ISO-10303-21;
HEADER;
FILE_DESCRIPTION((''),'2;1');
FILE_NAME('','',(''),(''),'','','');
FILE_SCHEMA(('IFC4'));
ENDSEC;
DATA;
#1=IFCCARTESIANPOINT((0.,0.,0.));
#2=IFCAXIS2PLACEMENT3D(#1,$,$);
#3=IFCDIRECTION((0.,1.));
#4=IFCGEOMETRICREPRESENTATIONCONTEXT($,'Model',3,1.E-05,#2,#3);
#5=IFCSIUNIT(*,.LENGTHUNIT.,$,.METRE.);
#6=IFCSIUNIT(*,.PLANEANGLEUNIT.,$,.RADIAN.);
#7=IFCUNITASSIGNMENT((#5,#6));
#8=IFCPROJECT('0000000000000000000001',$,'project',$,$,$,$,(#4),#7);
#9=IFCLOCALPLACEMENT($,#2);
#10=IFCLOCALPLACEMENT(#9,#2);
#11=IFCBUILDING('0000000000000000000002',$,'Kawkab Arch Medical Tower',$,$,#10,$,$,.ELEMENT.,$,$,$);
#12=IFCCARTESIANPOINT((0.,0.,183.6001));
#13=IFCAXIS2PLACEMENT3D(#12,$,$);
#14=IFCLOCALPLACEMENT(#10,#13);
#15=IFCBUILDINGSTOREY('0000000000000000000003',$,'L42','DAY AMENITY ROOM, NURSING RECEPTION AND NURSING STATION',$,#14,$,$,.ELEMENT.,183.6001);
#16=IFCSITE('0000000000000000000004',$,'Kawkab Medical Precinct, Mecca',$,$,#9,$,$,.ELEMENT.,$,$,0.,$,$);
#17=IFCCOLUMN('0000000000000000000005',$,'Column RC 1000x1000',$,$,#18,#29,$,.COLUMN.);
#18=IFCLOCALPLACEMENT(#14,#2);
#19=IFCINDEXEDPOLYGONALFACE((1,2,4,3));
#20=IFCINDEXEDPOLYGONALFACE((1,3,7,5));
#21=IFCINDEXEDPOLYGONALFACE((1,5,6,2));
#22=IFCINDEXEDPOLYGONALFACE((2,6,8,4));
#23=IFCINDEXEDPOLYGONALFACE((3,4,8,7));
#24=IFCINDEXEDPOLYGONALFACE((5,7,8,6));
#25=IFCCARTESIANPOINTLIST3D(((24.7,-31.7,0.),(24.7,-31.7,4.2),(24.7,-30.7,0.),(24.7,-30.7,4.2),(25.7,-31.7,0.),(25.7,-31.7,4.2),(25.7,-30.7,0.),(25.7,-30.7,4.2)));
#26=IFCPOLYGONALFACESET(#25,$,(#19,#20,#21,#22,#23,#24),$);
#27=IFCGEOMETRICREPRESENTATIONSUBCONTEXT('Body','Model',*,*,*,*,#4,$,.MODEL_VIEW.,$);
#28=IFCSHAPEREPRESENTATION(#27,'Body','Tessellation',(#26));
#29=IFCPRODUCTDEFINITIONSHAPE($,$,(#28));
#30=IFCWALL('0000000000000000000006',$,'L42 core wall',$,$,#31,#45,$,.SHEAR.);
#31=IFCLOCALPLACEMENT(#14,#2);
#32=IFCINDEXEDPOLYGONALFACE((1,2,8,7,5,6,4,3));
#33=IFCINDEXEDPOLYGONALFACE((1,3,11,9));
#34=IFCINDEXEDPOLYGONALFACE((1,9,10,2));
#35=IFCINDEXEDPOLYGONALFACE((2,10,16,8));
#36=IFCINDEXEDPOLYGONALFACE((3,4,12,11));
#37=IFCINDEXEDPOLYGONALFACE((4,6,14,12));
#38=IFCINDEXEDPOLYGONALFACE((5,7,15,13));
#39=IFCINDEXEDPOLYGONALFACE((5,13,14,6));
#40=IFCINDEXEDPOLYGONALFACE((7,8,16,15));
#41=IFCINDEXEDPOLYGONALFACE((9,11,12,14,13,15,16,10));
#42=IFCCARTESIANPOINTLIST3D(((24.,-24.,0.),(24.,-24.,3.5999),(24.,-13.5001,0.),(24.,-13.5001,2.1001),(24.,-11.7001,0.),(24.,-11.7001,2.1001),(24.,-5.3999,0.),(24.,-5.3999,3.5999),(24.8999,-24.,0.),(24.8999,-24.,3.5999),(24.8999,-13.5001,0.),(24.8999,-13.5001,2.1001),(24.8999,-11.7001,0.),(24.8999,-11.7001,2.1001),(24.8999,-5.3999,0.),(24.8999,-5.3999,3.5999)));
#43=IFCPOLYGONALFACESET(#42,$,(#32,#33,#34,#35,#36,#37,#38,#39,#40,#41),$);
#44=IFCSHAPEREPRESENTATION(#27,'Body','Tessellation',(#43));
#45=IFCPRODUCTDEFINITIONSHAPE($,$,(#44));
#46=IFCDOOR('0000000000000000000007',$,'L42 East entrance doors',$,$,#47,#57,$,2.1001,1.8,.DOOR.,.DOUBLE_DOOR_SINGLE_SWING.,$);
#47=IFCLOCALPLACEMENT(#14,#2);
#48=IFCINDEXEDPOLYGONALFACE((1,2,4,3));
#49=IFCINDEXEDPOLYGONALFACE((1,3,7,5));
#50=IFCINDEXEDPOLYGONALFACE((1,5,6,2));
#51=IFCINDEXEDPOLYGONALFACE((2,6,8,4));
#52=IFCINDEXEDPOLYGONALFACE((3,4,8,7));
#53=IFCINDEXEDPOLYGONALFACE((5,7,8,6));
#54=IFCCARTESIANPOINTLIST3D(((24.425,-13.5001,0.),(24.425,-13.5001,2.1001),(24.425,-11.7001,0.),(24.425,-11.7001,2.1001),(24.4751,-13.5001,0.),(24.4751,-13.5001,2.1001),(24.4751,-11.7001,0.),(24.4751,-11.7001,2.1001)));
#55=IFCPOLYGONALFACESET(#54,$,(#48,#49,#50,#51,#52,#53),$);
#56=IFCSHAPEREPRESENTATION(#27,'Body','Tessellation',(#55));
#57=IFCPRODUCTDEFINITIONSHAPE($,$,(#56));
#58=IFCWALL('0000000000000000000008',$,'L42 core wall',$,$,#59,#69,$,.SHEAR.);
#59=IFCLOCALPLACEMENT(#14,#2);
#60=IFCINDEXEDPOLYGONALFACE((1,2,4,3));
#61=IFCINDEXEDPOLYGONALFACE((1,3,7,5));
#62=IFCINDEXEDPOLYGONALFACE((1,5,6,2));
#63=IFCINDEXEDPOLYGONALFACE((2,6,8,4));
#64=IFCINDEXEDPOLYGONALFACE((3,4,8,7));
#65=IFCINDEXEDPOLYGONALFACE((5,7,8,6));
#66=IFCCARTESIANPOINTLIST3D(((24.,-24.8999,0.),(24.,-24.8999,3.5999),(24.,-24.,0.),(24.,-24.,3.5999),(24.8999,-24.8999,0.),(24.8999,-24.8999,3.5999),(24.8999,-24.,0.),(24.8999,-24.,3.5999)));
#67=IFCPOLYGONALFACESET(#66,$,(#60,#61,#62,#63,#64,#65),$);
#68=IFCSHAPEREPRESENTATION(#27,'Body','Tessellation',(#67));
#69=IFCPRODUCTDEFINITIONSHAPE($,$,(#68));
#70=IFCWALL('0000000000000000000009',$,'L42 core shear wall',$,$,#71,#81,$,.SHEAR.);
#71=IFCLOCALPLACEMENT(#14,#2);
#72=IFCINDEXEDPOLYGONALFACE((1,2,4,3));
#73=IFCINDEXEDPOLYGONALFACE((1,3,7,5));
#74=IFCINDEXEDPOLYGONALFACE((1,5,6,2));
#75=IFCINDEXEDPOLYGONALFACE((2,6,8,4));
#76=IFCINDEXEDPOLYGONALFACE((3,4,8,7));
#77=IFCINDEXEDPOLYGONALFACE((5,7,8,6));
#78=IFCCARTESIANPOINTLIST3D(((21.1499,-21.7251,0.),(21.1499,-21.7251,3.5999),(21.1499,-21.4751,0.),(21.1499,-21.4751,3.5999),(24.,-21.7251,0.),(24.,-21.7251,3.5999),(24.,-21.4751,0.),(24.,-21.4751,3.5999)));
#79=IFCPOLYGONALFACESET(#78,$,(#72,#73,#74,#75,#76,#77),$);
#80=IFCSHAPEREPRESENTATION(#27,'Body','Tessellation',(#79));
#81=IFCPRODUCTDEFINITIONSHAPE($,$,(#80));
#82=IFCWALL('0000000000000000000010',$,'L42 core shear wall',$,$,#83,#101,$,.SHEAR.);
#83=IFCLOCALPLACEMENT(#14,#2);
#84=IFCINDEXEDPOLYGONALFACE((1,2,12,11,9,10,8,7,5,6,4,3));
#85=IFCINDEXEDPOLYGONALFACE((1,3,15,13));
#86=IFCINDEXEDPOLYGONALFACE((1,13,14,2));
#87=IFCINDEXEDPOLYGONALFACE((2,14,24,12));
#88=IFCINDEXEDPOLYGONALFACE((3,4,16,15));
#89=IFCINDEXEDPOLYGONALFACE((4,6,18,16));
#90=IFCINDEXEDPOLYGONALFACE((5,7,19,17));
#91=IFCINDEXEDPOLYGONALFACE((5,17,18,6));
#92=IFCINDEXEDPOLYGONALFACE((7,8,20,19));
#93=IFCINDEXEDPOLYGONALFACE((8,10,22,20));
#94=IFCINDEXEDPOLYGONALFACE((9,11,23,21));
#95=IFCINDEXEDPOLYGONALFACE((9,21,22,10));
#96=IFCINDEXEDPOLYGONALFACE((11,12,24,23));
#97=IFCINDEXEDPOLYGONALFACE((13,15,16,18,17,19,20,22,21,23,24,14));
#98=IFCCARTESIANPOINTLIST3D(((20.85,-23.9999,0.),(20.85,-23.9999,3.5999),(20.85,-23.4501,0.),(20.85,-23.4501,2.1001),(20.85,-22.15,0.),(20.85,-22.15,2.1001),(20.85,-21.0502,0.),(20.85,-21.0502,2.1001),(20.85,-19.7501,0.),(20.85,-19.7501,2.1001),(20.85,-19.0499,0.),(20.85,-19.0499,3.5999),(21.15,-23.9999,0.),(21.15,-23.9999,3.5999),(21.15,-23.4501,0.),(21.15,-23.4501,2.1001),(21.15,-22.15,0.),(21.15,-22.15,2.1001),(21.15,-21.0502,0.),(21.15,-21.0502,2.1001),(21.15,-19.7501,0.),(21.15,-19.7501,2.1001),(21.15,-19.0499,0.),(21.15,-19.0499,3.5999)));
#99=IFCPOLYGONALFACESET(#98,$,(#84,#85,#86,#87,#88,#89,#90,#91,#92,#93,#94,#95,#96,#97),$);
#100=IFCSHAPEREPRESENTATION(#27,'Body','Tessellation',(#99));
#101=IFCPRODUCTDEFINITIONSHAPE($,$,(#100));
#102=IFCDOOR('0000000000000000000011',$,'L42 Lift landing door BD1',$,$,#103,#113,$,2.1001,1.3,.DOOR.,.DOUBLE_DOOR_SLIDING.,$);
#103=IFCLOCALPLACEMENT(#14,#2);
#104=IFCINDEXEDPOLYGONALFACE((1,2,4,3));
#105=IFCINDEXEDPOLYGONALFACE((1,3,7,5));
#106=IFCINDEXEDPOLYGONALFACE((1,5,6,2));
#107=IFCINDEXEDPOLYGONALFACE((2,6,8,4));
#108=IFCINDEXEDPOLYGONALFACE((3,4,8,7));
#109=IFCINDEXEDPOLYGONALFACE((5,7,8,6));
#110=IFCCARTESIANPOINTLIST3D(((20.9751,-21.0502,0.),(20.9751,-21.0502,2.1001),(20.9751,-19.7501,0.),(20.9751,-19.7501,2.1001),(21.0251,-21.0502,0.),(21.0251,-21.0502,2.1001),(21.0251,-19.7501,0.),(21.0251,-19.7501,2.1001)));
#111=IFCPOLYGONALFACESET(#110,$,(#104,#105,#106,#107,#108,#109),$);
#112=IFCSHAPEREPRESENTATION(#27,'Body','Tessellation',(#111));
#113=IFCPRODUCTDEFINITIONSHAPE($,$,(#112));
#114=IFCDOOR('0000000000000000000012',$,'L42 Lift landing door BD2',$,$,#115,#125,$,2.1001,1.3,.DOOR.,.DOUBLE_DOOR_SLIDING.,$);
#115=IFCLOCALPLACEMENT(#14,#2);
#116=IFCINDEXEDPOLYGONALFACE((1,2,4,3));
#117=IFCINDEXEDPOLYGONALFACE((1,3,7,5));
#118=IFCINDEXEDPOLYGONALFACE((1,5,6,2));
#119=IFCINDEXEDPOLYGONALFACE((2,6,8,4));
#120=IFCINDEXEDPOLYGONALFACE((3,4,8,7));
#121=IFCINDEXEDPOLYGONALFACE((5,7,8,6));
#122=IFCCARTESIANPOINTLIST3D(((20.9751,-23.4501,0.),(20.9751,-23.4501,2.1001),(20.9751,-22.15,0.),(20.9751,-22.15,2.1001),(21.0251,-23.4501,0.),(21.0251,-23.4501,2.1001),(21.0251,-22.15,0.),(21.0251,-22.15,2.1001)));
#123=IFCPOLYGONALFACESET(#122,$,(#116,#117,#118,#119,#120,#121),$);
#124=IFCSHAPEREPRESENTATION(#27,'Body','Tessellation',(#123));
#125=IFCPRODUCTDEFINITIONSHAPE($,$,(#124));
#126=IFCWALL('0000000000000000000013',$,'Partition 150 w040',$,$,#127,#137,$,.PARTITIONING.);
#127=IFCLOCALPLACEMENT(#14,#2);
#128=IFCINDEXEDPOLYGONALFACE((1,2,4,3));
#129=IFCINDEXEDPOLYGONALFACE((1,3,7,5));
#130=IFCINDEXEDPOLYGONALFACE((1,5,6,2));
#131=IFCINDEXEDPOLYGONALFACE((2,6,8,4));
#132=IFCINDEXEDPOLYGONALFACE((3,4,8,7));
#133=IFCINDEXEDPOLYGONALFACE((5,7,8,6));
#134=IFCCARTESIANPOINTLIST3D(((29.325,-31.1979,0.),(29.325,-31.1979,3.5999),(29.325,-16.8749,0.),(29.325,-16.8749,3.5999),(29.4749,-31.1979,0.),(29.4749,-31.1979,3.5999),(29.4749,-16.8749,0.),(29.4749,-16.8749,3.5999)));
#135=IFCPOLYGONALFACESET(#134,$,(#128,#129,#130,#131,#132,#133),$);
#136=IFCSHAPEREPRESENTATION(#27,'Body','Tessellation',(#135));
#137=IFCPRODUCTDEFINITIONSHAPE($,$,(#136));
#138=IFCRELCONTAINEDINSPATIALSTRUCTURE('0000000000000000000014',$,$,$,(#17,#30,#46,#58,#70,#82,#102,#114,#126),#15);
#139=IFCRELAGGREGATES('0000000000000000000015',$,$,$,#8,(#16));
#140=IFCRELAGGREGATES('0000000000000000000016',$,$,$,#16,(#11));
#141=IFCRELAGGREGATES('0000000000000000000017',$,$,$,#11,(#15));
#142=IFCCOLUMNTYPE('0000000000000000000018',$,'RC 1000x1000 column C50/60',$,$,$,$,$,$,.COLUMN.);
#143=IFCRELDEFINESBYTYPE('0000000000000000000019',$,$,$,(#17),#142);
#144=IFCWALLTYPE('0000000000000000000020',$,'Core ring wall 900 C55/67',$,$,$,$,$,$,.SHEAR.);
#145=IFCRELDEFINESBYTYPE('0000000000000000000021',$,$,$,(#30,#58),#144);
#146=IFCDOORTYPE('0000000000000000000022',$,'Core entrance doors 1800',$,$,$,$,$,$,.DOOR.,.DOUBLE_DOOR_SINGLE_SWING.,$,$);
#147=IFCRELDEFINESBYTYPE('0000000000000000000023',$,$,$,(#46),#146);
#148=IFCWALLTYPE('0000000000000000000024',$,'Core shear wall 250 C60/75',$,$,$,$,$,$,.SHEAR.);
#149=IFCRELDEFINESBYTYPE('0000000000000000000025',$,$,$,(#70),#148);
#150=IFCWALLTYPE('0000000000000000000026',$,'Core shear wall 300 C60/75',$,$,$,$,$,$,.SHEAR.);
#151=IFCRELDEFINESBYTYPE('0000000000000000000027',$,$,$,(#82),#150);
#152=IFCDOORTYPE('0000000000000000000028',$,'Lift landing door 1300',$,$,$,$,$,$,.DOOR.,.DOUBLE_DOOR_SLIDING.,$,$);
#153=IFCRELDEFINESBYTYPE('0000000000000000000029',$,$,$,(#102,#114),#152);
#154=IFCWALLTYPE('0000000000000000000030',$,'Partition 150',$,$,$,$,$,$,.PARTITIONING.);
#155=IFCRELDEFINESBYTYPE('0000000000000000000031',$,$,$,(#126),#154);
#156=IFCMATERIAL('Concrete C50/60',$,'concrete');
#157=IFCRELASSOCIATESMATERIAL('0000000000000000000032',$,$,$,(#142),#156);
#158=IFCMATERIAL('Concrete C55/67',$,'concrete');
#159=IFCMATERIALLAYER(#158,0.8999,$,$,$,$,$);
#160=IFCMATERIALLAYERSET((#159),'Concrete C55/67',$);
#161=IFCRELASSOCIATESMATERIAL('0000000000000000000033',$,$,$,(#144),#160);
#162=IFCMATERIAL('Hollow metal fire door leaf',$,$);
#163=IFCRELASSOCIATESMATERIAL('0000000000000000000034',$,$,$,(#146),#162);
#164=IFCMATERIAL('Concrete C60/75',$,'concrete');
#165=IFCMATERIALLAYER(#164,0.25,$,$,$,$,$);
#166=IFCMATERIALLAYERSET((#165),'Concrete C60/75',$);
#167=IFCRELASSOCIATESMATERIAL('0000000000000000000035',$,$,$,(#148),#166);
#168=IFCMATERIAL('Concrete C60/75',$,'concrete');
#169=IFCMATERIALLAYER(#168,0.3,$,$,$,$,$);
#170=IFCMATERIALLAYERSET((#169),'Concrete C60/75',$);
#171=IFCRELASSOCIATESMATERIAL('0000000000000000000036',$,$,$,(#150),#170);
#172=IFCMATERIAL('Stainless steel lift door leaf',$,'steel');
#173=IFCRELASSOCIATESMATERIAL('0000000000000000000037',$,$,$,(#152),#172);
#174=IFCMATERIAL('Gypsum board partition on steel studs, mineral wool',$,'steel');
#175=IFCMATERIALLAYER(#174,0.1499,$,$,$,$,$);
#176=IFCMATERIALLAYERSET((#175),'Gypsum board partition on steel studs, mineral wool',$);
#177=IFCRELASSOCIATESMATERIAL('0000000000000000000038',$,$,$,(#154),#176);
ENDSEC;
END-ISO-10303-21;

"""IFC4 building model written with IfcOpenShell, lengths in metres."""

from ifc_helpers import new_model, si_unit, direction, frame, frame_2d, origin, origin_2d, place, context, subcontext, project, spatial, rectangle, extrude, material, layer, layer_set, material_profile, profile_set, type_object, element, fill, save


model = new_model("IFC4")

# Units and contexts
model_context = context("Model", 3, precision=1e-05, world=origin(), true_north=direction((0.0, 1.0)))
body_context = subcontext(model_context, "Body", "Model", "MODEL_VIEW")
ifc_project = project(units=[si_unit("LENGTHUNIT", "METRE"), si_unit("PLANEANGLEUNIT", "RADIAN")], contexts=[model_context])

# Site, building, storey
site_placement = place(None, origin())
site = spatial("IfcSite", under=ifc_project, at=site_placement, Name="Kawkab Medical Precinct, Mecca", CompositionType="ELEMENT", RefElevation=0.0)
building_placement = place(site_placement, origin())
building = spatial("IfcBuilding", under=site, at=building_placement, Name="Kawkab Arch Medical Tower", CompositionType="ELEMENT")
storey_placement = place(building_placement, frame((0.0, 0.0, 183.6001)))
storey = spatial("IfcBuildingStorey", under=building, at=storey_placement, Name="L42", Description="DAY AMENITY ROOM, NURSING RECEPTION AND NURSING STATION", CompositionType="ELEMENT", Elevation=183.6001)

# Column
ifc_material_1 = material(Name="Concrete C50/60", Category="concrete")
ifc_material_profile = material_profile(ifc_material_1, rectangle(XDim=1.0, YDim=1.0, at=origin_2d()), Name="RC 1000x1000")
ifc_profile_set = profile_set([ifc_material_profile], Name="Concrete C50/60")
column_type = type_object("IfcColumnType", Name="RC 1000x1000 column C50/60", PredefinedType="COLUMN", material=ifc_profile_set)
column_placement = place(storey_placement, frame((25.2, -31.2, 0.0), z_axis=(0.0, 0.0, 1.0), x_axis=(1.0, 0.0, 0.0)))
element("IfcColumn", 1, at=column_placement, inside=storey, type_object=column_type, Name="Column RC 1000x1000", PredefinedType="COLUMN", context=body_context, shape_type="SweptSolid", body=[
    extrude(rectangle(XDim=1.0, YDim=1.0, at=origin_2d()), origin(), (0.0, 0.0, 1.0), 4.2),
])

# Wall, opening, door
ifc_material_2 = material(Name="Concrete C55/67", Category="concrete")
ifc_layer_1 = layer(ifc_material_2, 0.8999)
ifc_layer_set_1 = layer_set([ifc_layer_1], Name="Concrete C55/67")
wall_type_1 = type_object("IfcWallType", Name="Core ring wall 900 C55/67", PredefinedType="SHEAR", material=ifc_layer_set_1)
wall_1_placement = place(storey_placement, frame((24.45, -24.0, 0.0), z_axis=(0.0, 0.0, 1.0), x_axis=(0.0, 1.0, 0.0)))
wall_1 = element("IfcWall", 2, at=wall_1_placement, inside=storey, type_object=wall_type_1, Name="L42 core wall", PredefinedType="SHEAR", context=body_context, shape_type="SweptSolid", body=[
    extrude(rectangle(XDim=18.6001, YDim=0.8999, at=frame_2d((9.3, 0.0))), origin(), (0.0, 0.0, 1.0), 3.5999),
])
opening_1_placement = place(wall_1_placement, frame((10.5, 0.0, 0.0)))
opening_1 = element("IfcOpeningElement", 3, at=opening_1_placement, cuts=wall_1, PredefinedType="OPENING", context=body_context, shape_type="SweptSolid", body=[
    extrude(rectangle(XDim=1.8, YDim=2.1001, at=frame_2d((0.8999, 1.05))), frame((0.0, 0.46, 0.0), z_axis=(0.0, -1.0, 0.0), x_axis=(1.0, 0.0, 0.0)), (0.0, 0.0, 1.0), 0.9199),
])
ifc_material_3 = material(Name="Hollow metal fire door leaf")
door_type_1 = type_object("IfcDoorType", Name="Core entrance doors 1800", OperationType="DOUBLE_DOOR_SINGLE_SWING", PredefinedType="DOOR", material=ifc_material_3)
door_1_placement = place(opening_1_placement, origin())
door_1 = element("IfcDoor", 4, at=door_1_placement, inside=storey, type_object=door_type_1, Name="L42 East entrance doors", OperationType="DOUBLE_DOOR_SINGLE_SWING", OverallHeight=2.1001, OverallWidth=1.8, PredefinedType="DOOR", context=body_context, shape_type="SweptSolid", body=[
    extrude(rectangle(XDim=1.8, YDim=2.1001, at=frame_2d((0.8999, 1.05))), frame((0.0, 0.0249, 0.0), z_axis=(0.0, -1.0, 0.0), x_axis=(1.0, 0.0, 0.0)), (0.0, 0.0, 1.0), 0.05),
])
fill(opening_1, door_1)

# Walls
wall_2_placement = place(storey_placement, frame((24.45, -24.8999, 0.0), z_axis=(0.0, 0.0, 1.0), x_axis=(0.0, 1.0, 0.0)))
element("IfcWall", 5, at=wall_2_placement, inside=storey, type_object=wall_type_1, Name="L42 core wall", PredefinedType="SHEAR", context=body_context, shape_type="SweptSolid", body=[
    extrude(rectangle(XDim=0.8999, YDim=0.8999, at=frame_2d((0.45, 0.0))), origin(), (0.0, 0.0, 1.0), 3.5999),
])
ifc_material_4 = material(Name="Concrete C60/75", Category="concrete")
ifc_layer_2 = layer(ifc_material_4, 0.25)
ifc_layer_set_2 = layer_set([ifc_layer_2], Name="Concrete C60/75")
wall_type_2 = type_object("IfcWallType", Name="Core shear wall 250 C60/75", PredefinedType="SHEAR", material=ifc_layer_set_2)
wall_3_placement = place(storey_placement, frame((21.1499, -21.6001, 0.0), z_axis=(0.0, 0.0, 1.0), x_axis=(1.0, 0.0, 0.0)))
element("IfcWall", 6, at=wall_3_placement, inside=storey, type_object=wall_type_2, Name="L42 core shear wall", PredefinedType="SHEAR", context=body_context, shape_type="SweptSolid", body=[
    extrude(rectangle(XDim=2.8501, YDim=0.25, at=frame_2d((1.425, 0.0))), origin(), (0.0, 0.0, 1.0), 3.5999),
])

# Wall, openings, doors
ifc_material_5 = material(Name="Concrete C60/75", Category="concrete")
ifc_layer_3 = layer(ifc_material_5, 0.3)
ifc_layer_set_3 = layer_set([ifc_layer_3], Name="Concrete C60/75")
wall_type_3 = type_object("IfcWallType", Name="Core shear wall 300 C60/75", PredefinedType="SHEAR", material=ifc_layer_set_3)
wall_4_placement = place(storey_placement, frame((21.0, -24.0, 0.0), z_axis=(0.0, 0.0, 1.0), x_axis=(0.0, 1.0, 0.0)))
wall_4 = element("IfcWall", 7, at=wall_4_placement, inside=storey, type_object=wall_type_3, Name="L42 core shear wall", PredefinedType="SHEAR", context=body_context, shape_type="SweptSolid", body=[
    extrude(rectangle(XDim=4.95, YDim=0.3, at=frame_2d((2.4751, 0.0))), origin(), (0.0, 0.0, 1.0), 3.5999),
])
opening_2_placement = place(wall_4_placement, frame((2.95, 0.0, 0.0)))
opening_2 = element("IfcOpeningElement", 8, at=opening_2_placement, cuts=wall_4, PredefinedType="OPENING", context=body_context, shape_type="SweptSolid", body=[
    extrude(rectangle(XDim=1.3, YDim=2.1001, at=frame_2d((0.6499, 1.05))), frame((0.0, 0.1599, 0.0), z_axis=(0.0, -1.0, 0.0), x_axis=(1.0, 0.0, 0.0)), (0.0, 0.0, 1.0), 0.3201),
])
opening_3_placement = place(wall_4_placement, frame((0.55, 0.0, 0.0)))
opening_3 = element("IfcOpeningElement", 9, at=opening_3_placement, cuts=wall_4, PredefinedType="OPENING", context=body_context, shape_type="SweptSolid", body=[
    extrude(rectangle(XDim=1.3, YDim=2.1001, at=frame_2d((0.6499, 1.05))), frame((0.0, 0.1599, 0.0), z_axis=(0.0, -1.0, 0.0), x_axis=(1.0, 0.0, 0.0)), (0.0, 0.0, 1.0), 0.3201),
])
ifc_material_6 = material(Name="Stainless steel lift door leaf", Category="steel")
door_type_2 = type_object("IfcDoorType", Name="Lift landing door 1300", OperationType="DOUBLE_DOOR_SLIDING", PredefinedType="DOOR", material=ifc_material_6)
door_2_placement = place(opening_2_placement, origin())
door_2 = element("IfcDoor", 10, at=door_2_placement, inside=storey, type_object=door_type_2, Name="L42 Lift landing door BD1", OperationType="DOUBLE_DOOR_SLIDING", OverallHeight=2.1001, OverallWidth=1.3, PredefinedType="DOOR", context=body_context, shape_type="SweptSolid", body=[
    extrude(rectangle(XDim=1.3, YDim=2.1001, at=frame_2d((0.6499, 1.05))), frame((0.0, 0.0249, 0.0), z_axis=(0.0, -1.0, 0.0), x_axis=(1.0, 0.0, 0.0)), (0.0, 0.0, 1.0), 0.05),
])
fill(opening_2, door_2)
door_3_placement = place(opening_3_placement, origin())
door_3 = element("IfcDoor", 11, at=door_3_placement, inside=storey, type_object=door_type_2, Name="L42 Lift landing door BD2", OperationType="DOUBLE_DOOR_SLIDING", OverallHeight=2.1001, OverallWidth=1.3, PredefinedType="DOOR", context=body_context, shape_type="SweptSolid", body=[
    extrude(rectangle(XDim=1.3, YDim=2.1001, at=frame_2d((0.6499, 1.05))), frame((0.0, 0.0249, 0.0), z_axis=(0.0, -1.0, 0.0), x_axis=(1.0, 0.0, 0.0)), (0.0, 0.0, 1.0), 0.05),
])
fill(opening_3, door_3)

# Wall
ifc_material_7 = material(Name="Gypsum board partition on steel studs, mineral wool", Category="steel")
ifc_layer_4 = layer(ifc_material_7, 0.1499)
ifc_layer_set_4 = layer_set([ifc_layer_4], Name="Gypsum board partition on steel studs, mineral wool")
wall_type_4 = type_object("IfcWallType", Name="Partition 150", PredefinedType="PARTITIONING", material=ifc_layer_set_4)
wall_5_placement = place(storey_placement, frame((29.3999, -31.198, 0.0), z_axis=(0.0, 0.0, 1.0), x_axis=(0.0, 1.0, 0.0)))
element("IfcWall", 12, at=wall_5_placement, inside=storey, type_object=wall_type_4, Name="Partition 150 w040", PredefinedType="PARTITIONING", context=body_context, shape_type="SweptSolid", body=[
    extrude(rectangle(XDim=14.323, YDim=0.1499, at=frame_2d((7.1616, 0.0))), origin(), (0.0, 0.0, 1.0), 3.5999),
])

save(model, "model.ifc")
